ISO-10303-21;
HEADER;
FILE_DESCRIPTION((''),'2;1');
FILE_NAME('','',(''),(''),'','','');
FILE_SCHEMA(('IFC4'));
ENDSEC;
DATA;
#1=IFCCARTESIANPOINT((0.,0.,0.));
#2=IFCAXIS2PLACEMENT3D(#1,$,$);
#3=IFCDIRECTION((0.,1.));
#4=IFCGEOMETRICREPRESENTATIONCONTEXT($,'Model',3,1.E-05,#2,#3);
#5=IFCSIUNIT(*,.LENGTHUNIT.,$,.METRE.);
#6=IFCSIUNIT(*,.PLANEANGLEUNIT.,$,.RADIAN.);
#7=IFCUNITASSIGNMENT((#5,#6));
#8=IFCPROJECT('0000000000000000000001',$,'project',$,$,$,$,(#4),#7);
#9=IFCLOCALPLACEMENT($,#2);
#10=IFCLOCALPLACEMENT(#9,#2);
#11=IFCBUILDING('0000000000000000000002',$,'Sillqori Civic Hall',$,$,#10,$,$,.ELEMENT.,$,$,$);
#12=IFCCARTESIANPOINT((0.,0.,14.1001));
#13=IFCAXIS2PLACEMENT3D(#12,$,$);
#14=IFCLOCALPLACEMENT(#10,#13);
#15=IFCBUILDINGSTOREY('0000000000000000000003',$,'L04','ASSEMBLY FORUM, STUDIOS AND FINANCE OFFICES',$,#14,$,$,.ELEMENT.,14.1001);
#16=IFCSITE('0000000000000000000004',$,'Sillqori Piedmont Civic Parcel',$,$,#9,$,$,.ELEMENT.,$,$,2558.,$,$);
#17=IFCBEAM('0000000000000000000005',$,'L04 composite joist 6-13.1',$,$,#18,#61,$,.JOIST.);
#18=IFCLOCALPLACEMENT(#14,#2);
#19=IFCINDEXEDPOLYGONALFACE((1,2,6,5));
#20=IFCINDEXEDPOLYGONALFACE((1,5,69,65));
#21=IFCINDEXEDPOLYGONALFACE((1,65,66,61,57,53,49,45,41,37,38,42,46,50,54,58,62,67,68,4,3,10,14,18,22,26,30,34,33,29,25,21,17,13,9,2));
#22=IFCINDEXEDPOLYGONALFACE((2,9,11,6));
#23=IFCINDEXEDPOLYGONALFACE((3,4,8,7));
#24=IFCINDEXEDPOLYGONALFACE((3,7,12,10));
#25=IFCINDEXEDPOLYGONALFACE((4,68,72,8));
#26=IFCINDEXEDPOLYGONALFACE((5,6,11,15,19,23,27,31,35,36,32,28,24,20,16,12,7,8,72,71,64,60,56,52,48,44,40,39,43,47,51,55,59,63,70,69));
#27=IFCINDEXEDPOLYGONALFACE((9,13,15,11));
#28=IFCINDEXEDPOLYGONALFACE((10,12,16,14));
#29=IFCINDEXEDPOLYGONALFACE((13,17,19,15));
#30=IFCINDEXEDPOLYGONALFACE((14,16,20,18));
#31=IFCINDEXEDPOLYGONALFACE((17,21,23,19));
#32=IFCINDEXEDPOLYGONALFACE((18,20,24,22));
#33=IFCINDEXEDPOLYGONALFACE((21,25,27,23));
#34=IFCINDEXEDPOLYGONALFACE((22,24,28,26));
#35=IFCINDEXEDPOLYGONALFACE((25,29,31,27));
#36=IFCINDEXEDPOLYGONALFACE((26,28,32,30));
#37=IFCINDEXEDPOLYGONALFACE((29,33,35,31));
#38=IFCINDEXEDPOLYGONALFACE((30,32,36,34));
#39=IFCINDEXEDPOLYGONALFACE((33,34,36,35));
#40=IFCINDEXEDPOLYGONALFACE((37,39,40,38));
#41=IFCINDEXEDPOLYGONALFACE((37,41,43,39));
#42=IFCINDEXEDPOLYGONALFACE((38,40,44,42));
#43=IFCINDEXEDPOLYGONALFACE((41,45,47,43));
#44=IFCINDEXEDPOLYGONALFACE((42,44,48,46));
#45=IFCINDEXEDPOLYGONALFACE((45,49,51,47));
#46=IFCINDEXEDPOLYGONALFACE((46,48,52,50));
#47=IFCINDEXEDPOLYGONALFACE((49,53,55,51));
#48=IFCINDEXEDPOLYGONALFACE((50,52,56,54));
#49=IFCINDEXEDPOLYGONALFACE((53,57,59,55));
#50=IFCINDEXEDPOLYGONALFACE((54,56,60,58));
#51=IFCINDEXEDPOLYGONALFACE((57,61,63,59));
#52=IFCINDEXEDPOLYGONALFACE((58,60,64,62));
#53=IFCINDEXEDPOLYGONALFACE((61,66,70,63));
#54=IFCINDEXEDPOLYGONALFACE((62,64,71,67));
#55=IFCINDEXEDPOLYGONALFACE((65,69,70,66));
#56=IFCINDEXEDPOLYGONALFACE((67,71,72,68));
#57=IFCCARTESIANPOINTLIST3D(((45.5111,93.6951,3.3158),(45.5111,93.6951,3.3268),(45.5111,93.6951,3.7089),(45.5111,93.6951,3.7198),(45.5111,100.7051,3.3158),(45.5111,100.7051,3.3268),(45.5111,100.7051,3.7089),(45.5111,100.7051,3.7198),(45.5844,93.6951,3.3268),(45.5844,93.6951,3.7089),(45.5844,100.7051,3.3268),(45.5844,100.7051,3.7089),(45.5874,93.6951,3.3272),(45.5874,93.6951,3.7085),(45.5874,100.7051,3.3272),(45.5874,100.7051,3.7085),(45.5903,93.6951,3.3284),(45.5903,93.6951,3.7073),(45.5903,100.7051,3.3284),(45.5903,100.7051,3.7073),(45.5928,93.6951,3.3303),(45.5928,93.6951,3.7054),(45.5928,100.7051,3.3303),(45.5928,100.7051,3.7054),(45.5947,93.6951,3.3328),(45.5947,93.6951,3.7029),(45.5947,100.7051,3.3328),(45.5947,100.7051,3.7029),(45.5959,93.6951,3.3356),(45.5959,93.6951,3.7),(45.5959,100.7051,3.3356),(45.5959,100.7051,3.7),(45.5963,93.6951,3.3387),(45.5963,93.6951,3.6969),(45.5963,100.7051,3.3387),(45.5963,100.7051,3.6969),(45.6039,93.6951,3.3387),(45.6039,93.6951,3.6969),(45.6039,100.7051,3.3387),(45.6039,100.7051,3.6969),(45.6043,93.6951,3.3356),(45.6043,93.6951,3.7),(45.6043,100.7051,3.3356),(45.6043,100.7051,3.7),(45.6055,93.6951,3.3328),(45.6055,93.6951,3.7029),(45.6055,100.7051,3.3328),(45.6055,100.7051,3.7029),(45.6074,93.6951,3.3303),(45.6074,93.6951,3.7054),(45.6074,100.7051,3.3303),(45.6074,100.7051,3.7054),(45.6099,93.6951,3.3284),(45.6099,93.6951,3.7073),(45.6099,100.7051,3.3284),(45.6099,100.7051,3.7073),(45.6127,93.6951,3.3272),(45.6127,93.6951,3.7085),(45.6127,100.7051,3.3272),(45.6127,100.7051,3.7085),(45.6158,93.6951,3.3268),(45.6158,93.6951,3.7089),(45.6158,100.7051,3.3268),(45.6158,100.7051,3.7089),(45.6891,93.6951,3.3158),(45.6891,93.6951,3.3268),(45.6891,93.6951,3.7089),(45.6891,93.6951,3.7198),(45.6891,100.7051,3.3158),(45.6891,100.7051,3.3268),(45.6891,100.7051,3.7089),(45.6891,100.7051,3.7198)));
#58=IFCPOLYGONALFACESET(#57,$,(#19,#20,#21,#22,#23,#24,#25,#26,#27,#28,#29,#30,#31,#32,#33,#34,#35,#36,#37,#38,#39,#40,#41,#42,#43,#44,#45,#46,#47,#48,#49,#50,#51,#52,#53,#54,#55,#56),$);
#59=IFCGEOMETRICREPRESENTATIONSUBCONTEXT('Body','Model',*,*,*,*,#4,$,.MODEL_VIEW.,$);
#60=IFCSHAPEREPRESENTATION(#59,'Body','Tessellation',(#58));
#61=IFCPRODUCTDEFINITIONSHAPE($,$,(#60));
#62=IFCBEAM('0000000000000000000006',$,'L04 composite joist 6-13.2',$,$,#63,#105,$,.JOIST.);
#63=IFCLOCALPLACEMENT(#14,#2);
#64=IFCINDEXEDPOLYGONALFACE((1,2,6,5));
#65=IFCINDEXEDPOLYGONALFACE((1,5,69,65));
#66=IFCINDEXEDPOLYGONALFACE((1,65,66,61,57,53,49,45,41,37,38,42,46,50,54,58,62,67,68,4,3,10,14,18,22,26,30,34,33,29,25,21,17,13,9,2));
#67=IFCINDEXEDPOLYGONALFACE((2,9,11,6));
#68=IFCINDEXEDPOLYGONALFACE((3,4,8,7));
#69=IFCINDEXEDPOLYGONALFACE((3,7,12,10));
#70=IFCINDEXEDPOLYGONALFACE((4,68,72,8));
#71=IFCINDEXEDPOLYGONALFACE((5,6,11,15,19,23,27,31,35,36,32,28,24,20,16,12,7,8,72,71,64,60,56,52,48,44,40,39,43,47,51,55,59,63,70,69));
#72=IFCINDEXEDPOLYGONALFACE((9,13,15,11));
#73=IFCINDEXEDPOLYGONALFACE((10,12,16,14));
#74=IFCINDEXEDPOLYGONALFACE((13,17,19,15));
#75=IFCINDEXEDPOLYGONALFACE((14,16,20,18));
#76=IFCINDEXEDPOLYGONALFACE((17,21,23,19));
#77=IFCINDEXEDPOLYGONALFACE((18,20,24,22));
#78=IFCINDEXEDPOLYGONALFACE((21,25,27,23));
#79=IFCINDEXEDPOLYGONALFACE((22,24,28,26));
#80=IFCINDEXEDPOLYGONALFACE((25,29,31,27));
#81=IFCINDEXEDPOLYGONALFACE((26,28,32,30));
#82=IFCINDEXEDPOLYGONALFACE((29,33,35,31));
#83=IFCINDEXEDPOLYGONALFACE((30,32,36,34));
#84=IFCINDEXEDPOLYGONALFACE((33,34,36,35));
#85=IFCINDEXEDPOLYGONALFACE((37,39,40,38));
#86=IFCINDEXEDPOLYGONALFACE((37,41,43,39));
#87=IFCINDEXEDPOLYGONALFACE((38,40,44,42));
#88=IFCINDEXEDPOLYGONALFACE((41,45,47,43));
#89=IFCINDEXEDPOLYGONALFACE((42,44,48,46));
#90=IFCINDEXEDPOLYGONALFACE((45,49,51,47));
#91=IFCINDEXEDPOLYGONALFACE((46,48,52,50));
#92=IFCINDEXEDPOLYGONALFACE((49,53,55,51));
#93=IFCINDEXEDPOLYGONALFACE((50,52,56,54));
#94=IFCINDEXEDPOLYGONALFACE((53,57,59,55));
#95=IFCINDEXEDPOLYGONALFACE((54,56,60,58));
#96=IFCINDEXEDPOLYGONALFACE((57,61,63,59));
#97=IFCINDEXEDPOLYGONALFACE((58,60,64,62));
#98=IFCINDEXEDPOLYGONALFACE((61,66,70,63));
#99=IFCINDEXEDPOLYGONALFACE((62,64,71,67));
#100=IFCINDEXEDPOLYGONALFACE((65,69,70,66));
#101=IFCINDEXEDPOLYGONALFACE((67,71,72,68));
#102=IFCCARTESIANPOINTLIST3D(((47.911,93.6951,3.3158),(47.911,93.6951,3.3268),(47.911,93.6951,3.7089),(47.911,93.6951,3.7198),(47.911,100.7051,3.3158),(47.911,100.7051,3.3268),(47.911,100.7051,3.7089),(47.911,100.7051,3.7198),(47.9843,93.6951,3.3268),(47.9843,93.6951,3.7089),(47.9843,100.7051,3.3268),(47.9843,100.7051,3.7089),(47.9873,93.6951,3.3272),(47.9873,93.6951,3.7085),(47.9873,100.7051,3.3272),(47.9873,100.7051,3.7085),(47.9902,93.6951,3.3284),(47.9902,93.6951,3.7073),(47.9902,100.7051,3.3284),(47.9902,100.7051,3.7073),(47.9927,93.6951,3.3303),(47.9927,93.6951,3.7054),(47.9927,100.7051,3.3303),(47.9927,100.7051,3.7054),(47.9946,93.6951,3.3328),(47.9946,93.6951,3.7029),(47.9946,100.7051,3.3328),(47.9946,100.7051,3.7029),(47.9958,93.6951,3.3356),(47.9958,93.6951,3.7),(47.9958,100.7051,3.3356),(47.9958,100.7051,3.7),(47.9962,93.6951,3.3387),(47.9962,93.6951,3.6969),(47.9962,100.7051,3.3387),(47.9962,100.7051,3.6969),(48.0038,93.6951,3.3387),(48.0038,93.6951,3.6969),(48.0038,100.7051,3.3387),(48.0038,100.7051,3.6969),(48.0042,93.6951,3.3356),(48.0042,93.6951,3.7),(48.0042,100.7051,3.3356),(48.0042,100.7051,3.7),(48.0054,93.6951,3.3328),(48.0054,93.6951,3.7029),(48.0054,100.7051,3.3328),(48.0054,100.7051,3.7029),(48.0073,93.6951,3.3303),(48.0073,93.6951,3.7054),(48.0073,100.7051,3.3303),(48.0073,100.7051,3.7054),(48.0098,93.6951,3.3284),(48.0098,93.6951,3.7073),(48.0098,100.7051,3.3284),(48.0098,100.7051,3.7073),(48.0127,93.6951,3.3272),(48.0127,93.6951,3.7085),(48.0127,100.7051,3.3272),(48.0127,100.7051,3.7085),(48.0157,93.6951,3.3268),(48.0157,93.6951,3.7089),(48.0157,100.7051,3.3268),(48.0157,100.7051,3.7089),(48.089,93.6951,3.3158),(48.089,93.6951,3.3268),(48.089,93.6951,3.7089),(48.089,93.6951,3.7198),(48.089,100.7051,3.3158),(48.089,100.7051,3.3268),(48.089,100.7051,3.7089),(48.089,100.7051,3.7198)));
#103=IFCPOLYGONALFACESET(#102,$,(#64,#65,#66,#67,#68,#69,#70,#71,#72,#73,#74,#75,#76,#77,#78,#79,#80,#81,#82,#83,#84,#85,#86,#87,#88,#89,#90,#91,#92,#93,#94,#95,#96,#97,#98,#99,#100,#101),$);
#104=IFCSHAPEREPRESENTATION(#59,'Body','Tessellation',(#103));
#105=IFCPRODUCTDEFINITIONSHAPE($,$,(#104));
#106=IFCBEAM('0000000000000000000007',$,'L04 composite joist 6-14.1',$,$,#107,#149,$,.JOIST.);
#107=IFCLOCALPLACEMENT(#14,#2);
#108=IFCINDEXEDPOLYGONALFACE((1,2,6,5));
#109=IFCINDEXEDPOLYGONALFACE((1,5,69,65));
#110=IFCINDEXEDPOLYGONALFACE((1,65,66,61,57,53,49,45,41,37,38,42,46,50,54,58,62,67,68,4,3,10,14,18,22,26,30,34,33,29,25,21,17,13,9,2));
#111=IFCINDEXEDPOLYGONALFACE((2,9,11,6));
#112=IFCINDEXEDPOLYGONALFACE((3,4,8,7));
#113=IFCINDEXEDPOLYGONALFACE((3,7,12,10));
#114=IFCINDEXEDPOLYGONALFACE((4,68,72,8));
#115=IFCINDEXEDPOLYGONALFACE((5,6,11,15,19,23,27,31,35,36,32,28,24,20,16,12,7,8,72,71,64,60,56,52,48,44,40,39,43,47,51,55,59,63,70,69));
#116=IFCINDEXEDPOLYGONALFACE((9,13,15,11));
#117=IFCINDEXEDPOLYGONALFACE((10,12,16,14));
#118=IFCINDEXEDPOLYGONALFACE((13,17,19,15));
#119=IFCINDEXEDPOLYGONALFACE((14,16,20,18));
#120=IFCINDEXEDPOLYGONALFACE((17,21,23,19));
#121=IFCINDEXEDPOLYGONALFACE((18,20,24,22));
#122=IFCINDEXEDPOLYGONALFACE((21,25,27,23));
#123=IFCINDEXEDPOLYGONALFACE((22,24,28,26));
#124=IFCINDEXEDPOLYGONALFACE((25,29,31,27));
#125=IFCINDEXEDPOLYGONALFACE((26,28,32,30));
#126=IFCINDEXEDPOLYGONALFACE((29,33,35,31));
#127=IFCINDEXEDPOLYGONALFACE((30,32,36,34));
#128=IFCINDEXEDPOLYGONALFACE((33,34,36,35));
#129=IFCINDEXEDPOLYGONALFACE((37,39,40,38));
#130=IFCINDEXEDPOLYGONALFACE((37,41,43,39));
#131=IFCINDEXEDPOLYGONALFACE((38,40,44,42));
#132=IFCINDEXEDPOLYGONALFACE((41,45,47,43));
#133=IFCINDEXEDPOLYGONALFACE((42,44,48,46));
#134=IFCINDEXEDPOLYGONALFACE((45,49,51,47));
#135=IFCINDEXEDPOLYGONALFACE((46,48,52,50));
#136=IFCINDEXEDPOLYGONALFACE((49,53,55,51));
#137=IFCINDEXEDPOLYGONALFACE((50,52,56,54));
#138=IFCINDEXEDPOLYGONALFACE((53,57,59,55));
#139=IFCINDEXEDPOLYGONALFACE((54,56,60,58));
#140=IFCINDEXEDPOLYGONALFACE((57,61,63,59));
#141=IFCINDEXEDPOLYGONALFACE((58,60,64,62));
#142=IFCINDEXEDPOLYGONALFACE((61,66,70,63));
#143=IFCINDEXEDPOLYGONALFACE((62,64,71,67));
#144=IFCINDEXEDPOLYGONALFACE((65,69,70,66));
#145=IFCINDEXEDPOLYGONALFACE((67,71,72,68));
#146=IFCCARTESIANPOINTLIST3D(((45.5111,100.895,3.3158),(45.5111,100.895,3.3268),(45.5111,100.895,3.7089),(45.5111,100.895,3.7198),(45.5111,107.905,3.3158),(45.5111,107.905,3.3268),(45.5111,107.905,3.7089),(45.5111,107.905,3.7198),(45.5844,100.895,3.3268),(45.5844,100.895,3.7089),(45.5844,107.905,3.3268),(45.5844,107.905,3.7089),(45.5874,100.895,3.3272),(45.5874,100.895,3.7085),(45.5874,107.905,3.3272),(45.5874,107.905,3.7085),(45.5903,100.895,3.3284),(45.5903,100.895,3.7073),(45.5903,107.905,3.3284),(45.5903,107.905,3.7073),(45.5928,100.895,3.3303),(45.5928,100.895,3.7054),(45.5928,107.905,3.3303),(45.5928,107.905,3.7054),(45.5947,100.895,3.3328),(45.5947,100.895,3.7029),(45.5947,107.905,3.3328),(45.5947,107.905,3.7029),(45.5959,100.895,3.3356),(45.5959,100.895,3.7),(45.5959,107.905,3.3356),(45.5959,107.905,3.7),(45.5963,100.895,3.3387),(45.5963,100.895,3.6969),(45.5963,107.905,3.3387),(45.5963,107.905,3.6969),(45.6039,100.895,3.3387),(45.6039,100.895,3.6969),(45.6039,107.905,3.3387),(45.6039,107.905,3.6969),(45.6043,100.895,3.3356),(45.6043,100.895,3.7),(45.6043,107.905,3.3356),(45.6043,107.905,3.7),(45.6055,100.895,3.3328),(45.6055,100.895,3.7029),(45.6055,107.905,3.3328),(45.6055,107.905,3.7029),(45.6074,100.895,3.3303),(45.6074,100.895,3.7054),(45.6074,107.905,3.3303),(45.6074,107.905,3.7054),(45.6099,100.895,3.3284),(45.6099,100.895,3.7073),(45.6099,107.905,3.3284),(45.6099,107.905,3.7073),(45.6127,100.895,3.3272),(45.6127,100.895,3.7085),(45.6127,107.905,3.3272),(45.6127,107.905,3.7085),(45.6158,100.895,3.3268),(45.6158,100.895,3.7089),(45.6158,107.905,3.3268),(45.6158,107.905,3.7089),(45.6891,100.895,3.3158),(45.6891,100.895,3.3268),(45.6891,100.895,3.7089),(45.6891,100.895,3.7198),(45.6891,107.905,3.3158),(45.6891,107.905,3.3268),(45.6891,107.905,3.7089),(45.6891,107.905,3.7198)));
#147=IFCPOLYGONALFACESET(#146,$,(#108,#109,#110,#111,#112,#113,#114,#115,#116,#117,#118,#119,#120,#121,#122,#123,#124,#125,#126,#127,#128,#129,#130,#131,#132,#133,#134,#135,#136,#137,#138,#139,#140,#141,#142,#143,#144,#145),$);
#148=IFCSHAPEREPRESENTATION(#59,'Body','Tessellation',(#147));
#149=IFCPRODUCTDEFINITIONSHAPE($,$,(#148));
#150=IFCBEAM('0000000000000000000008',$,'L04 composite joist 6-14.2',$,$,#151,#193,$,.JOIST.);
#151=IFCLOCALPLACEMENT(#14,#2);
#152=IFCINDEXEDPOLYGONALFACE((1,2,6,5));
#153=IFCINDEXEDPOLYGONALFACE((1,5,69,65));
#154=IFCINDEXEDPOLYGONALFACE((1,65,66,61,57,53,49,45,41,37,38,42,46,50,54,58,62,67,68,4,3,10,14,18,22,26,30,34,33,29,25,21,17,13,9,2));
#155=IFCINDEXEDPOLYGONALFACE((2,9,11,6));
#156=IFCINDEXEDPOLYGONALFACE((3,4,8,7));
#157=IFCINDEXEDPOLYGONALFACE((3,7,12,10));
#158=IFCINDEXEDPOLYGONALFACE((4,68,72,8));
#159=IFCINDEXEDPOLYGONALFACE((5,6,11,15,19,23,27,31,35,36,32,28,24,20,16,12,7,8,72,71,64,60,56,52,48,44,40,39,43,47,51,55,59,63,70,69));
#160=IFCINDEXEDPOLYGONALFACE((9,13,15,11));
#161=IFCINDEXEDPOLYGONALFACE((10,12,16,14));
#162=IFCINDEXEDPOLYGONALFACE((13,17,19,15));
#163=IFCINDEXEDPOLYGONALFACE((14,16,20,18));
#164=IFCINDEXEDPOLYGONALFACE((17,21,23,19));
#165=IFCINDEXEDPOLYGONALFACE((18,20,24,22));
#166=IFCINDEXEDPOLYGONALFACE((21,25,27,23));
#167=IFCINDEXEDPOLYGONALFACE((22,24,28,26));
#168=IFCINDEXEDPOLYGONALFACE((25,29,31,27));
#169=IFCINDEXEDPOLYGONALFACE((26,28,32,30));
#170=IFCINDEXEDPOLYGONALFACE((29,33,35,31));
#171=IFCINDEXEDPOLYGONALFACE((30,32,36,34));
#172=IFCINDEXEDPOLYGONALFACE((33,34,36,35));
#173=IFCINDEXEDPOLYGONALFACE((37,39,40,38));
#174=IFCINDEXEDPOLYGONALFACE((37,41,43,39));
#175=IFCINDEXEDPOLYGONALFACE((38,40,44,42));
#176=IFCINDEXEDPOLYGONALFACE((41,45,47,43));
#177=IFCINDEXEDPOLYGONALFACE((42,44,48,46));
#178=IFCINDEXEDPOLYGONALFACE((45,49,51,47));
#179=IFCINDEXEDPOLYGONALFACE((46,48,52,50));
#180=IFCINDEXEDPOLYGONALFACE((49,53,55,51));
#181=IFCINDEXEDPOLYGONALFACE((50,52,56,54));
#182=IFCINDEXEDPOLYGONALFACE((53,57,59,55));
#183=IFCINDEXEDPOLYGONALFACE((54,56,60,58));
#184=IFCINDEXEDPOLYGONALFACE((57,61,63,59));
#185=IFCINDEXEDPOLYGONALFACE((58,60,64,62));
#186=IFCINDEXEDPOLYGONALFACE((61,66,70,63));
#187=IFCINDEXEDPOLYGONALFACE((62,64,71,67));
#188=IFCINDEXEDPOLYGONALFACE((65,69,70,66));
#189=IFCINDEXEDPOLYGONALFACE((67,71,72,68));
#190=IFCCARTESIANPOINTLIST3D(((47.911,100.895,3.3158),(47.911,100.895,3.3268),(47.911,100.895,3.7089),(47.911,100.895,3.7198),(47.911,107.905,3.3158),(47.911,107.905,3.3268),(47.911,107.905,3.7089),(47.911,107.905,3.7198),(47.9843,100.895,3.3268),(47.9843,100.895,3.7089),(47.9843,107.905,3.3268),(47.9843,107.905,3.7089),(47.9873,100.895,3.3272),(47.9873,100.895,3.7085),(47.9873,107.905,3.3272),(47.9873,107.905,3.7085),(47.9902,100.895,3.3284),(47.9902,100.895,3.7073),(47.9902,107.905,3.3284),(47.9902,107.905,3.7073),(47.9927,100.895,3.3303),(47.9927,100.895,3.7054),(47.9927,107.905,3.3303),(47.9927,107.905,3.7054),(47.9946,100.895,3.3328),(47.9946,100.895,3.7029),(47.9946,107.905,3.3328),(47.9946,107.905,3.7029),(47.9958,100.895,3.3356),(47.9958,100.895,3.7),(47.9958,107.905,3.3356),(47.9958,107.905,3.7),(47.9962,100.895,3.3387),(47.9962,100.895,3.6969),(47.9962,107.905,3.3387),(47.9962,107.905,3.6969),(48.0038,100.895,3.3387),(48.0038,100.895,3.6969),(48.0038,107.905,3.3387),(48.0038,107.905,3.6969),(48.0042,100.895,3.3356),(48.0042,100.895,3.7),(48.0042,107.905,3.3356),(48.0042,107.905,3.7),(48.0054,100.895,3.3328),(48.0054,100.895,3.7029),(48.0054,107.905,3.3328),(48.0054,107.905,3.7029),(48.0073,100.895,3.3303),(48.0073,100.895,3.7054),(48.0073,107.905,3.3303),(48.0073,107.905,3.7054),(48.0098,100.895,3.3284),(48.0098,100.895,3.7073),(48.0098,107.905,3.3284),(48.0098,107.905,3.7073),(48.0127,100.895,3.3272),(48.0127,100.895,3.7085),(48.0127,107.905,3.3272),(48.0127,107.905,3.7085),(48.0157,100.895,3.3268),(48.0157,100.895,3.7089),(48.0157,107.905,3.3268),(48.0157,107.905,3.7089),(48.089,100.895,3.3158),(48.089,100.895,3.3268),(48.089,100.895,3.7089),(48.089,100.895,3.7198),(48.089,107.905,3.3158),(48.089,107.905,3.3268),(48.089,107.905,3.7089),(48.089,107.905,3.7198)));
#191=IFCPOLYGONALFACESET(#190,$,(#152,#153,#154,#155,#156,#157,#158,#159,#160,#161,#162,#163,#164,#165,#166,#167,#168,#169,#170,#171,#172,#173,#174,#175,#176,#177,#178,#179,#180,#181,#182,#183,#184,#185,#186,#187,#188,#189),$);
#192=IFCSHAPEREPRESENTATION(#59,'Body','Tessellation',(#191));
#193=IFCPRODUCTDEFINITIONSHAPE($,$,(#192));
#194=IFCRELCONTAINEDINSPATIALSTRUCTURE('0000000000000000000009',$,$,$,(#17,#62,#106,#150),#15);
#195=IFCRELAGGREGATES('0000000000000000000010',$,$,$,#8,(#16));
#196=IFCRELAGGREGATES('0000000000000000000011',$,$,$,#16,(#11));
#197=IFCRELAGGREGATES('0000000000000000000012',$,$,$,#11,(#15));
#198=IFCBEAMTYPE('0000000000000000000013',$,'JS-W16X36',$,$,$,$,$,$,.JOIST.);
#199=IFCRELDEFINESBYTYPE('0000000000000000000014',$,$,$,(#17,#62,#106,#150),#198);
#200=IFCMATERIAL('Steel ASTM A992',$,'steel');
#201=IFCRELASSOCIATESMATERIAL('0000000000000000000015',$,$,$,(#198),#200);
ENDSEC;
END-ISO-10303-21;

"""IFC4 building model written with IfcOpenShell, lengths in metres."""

from ifc_helpers import new_model, si_unit, direction, frame, origin, origin_2d, place, context, subcontext, project, spatial, i_section, extrude, material, material_profile, profile_set, type_object, element, save


model = new_model("IFC4")

# Units and contexts
model_context = context("Model", 3, precision=1e-05, world=origin(), true_north=direction((0.0, 1.0)))
body_context = subcontext(model_context, "Body", "Model", "MODEL_VIEW")
ifc_project = project(units=[si_unit("LENGTHUNIT", "METRE"), si_unit("PLANEANGLEUNIT", "RADIAN")], contexts=[model_context])

# Site, building, storey
site_placement = place(None, origin())
site = spatial("IfcSite", under=ifc_project, at=site_placement, Name="Sillqori Piedmont Civic Parcel", CompositionType="ELEMENT", RefElevation=2558.0)
building_placement = place(site_placement, origin())
building = spatial("IfcBuilding", under=site, at=building_placement, Name="Sillqori Civic Hall", CompositionType="ELEMENT")
storey_placement = place(building_placement, frame((0.0, 0.0, 14.1001)))
storey = spatial("IfcBuildingStorey", under=building, at=storey_placement, Name="L04", Description="ASSEMBLY FORUM, STUDIOS AND FINANCE OFFICES", CompositionType="ELEMENT", Elevation=14.1001)

# Shared definitions
ifc_material_1 = material(Name="Steel ASTM A992", Category="steel")

# Beams
ifc_material_profile_1 = material_profile(ifc_material_1, i_section(OverallWidth=0.178, OverallDepth=0.4041, WebThickness=0.0076, FlangeThickness=0.011, FilletRadius=0.012, at=origin_2d()), Name="W16X36")
ifc_profile_set_1 = profile_set([ifc_material_profile_1], Name="Steel ASTM A992")
beam_type_1 = type_object("IfcBeamType", Name="JS-W16X36", PredefinedType="JOIST", material=ifc_profile_set_1)
for number, where, z_axis, x_axis, name in (
    (1, (45.6001, 93.6951, 3.5178), (0.0, 1.0, 0.0), (-1.0, 0.0, 0.0), "L04 composite joist 6-13.1"),
    (2, (48.0, 93.6951, 3.5178), (0.0, 1.0, 0.0), (-1.0, 0.0, 0.0), "L04 composite joist 6-13.2"),
    (3, (45.6001, 100.895, 3.5178), (0.0, 1.0, 0.0), (-1.0, 0.0, 0.0), "L04 composite joist 6-14.1"),
    (4, (48.0, 100.895, 3.5178), (0.0, 1.0, 0.0), (-1.0, 0.0, 0.0), "L04 composite joist 6-14.2"),
):
    element("IfcBeam", number, at=place(storey_placement, frame(where, z_axis=z_axis, x_axis=x_axis)), inside=storey, type_object=beam_type_1, Name=name, PredefinedType="JOIST", context=body_context, shape_type="SweptSolid", body=[
        extrude(i_section(OverallWidth=0.178, OverallDepth=0.4041, WebThickness=0.0076, FlangeThickness=0.011, FilletRadius=0.012, at=origin_2d()), origin(), (0.0, 0.0, 1.0), 7.01),
    ])

save(model, "model.ifc")
